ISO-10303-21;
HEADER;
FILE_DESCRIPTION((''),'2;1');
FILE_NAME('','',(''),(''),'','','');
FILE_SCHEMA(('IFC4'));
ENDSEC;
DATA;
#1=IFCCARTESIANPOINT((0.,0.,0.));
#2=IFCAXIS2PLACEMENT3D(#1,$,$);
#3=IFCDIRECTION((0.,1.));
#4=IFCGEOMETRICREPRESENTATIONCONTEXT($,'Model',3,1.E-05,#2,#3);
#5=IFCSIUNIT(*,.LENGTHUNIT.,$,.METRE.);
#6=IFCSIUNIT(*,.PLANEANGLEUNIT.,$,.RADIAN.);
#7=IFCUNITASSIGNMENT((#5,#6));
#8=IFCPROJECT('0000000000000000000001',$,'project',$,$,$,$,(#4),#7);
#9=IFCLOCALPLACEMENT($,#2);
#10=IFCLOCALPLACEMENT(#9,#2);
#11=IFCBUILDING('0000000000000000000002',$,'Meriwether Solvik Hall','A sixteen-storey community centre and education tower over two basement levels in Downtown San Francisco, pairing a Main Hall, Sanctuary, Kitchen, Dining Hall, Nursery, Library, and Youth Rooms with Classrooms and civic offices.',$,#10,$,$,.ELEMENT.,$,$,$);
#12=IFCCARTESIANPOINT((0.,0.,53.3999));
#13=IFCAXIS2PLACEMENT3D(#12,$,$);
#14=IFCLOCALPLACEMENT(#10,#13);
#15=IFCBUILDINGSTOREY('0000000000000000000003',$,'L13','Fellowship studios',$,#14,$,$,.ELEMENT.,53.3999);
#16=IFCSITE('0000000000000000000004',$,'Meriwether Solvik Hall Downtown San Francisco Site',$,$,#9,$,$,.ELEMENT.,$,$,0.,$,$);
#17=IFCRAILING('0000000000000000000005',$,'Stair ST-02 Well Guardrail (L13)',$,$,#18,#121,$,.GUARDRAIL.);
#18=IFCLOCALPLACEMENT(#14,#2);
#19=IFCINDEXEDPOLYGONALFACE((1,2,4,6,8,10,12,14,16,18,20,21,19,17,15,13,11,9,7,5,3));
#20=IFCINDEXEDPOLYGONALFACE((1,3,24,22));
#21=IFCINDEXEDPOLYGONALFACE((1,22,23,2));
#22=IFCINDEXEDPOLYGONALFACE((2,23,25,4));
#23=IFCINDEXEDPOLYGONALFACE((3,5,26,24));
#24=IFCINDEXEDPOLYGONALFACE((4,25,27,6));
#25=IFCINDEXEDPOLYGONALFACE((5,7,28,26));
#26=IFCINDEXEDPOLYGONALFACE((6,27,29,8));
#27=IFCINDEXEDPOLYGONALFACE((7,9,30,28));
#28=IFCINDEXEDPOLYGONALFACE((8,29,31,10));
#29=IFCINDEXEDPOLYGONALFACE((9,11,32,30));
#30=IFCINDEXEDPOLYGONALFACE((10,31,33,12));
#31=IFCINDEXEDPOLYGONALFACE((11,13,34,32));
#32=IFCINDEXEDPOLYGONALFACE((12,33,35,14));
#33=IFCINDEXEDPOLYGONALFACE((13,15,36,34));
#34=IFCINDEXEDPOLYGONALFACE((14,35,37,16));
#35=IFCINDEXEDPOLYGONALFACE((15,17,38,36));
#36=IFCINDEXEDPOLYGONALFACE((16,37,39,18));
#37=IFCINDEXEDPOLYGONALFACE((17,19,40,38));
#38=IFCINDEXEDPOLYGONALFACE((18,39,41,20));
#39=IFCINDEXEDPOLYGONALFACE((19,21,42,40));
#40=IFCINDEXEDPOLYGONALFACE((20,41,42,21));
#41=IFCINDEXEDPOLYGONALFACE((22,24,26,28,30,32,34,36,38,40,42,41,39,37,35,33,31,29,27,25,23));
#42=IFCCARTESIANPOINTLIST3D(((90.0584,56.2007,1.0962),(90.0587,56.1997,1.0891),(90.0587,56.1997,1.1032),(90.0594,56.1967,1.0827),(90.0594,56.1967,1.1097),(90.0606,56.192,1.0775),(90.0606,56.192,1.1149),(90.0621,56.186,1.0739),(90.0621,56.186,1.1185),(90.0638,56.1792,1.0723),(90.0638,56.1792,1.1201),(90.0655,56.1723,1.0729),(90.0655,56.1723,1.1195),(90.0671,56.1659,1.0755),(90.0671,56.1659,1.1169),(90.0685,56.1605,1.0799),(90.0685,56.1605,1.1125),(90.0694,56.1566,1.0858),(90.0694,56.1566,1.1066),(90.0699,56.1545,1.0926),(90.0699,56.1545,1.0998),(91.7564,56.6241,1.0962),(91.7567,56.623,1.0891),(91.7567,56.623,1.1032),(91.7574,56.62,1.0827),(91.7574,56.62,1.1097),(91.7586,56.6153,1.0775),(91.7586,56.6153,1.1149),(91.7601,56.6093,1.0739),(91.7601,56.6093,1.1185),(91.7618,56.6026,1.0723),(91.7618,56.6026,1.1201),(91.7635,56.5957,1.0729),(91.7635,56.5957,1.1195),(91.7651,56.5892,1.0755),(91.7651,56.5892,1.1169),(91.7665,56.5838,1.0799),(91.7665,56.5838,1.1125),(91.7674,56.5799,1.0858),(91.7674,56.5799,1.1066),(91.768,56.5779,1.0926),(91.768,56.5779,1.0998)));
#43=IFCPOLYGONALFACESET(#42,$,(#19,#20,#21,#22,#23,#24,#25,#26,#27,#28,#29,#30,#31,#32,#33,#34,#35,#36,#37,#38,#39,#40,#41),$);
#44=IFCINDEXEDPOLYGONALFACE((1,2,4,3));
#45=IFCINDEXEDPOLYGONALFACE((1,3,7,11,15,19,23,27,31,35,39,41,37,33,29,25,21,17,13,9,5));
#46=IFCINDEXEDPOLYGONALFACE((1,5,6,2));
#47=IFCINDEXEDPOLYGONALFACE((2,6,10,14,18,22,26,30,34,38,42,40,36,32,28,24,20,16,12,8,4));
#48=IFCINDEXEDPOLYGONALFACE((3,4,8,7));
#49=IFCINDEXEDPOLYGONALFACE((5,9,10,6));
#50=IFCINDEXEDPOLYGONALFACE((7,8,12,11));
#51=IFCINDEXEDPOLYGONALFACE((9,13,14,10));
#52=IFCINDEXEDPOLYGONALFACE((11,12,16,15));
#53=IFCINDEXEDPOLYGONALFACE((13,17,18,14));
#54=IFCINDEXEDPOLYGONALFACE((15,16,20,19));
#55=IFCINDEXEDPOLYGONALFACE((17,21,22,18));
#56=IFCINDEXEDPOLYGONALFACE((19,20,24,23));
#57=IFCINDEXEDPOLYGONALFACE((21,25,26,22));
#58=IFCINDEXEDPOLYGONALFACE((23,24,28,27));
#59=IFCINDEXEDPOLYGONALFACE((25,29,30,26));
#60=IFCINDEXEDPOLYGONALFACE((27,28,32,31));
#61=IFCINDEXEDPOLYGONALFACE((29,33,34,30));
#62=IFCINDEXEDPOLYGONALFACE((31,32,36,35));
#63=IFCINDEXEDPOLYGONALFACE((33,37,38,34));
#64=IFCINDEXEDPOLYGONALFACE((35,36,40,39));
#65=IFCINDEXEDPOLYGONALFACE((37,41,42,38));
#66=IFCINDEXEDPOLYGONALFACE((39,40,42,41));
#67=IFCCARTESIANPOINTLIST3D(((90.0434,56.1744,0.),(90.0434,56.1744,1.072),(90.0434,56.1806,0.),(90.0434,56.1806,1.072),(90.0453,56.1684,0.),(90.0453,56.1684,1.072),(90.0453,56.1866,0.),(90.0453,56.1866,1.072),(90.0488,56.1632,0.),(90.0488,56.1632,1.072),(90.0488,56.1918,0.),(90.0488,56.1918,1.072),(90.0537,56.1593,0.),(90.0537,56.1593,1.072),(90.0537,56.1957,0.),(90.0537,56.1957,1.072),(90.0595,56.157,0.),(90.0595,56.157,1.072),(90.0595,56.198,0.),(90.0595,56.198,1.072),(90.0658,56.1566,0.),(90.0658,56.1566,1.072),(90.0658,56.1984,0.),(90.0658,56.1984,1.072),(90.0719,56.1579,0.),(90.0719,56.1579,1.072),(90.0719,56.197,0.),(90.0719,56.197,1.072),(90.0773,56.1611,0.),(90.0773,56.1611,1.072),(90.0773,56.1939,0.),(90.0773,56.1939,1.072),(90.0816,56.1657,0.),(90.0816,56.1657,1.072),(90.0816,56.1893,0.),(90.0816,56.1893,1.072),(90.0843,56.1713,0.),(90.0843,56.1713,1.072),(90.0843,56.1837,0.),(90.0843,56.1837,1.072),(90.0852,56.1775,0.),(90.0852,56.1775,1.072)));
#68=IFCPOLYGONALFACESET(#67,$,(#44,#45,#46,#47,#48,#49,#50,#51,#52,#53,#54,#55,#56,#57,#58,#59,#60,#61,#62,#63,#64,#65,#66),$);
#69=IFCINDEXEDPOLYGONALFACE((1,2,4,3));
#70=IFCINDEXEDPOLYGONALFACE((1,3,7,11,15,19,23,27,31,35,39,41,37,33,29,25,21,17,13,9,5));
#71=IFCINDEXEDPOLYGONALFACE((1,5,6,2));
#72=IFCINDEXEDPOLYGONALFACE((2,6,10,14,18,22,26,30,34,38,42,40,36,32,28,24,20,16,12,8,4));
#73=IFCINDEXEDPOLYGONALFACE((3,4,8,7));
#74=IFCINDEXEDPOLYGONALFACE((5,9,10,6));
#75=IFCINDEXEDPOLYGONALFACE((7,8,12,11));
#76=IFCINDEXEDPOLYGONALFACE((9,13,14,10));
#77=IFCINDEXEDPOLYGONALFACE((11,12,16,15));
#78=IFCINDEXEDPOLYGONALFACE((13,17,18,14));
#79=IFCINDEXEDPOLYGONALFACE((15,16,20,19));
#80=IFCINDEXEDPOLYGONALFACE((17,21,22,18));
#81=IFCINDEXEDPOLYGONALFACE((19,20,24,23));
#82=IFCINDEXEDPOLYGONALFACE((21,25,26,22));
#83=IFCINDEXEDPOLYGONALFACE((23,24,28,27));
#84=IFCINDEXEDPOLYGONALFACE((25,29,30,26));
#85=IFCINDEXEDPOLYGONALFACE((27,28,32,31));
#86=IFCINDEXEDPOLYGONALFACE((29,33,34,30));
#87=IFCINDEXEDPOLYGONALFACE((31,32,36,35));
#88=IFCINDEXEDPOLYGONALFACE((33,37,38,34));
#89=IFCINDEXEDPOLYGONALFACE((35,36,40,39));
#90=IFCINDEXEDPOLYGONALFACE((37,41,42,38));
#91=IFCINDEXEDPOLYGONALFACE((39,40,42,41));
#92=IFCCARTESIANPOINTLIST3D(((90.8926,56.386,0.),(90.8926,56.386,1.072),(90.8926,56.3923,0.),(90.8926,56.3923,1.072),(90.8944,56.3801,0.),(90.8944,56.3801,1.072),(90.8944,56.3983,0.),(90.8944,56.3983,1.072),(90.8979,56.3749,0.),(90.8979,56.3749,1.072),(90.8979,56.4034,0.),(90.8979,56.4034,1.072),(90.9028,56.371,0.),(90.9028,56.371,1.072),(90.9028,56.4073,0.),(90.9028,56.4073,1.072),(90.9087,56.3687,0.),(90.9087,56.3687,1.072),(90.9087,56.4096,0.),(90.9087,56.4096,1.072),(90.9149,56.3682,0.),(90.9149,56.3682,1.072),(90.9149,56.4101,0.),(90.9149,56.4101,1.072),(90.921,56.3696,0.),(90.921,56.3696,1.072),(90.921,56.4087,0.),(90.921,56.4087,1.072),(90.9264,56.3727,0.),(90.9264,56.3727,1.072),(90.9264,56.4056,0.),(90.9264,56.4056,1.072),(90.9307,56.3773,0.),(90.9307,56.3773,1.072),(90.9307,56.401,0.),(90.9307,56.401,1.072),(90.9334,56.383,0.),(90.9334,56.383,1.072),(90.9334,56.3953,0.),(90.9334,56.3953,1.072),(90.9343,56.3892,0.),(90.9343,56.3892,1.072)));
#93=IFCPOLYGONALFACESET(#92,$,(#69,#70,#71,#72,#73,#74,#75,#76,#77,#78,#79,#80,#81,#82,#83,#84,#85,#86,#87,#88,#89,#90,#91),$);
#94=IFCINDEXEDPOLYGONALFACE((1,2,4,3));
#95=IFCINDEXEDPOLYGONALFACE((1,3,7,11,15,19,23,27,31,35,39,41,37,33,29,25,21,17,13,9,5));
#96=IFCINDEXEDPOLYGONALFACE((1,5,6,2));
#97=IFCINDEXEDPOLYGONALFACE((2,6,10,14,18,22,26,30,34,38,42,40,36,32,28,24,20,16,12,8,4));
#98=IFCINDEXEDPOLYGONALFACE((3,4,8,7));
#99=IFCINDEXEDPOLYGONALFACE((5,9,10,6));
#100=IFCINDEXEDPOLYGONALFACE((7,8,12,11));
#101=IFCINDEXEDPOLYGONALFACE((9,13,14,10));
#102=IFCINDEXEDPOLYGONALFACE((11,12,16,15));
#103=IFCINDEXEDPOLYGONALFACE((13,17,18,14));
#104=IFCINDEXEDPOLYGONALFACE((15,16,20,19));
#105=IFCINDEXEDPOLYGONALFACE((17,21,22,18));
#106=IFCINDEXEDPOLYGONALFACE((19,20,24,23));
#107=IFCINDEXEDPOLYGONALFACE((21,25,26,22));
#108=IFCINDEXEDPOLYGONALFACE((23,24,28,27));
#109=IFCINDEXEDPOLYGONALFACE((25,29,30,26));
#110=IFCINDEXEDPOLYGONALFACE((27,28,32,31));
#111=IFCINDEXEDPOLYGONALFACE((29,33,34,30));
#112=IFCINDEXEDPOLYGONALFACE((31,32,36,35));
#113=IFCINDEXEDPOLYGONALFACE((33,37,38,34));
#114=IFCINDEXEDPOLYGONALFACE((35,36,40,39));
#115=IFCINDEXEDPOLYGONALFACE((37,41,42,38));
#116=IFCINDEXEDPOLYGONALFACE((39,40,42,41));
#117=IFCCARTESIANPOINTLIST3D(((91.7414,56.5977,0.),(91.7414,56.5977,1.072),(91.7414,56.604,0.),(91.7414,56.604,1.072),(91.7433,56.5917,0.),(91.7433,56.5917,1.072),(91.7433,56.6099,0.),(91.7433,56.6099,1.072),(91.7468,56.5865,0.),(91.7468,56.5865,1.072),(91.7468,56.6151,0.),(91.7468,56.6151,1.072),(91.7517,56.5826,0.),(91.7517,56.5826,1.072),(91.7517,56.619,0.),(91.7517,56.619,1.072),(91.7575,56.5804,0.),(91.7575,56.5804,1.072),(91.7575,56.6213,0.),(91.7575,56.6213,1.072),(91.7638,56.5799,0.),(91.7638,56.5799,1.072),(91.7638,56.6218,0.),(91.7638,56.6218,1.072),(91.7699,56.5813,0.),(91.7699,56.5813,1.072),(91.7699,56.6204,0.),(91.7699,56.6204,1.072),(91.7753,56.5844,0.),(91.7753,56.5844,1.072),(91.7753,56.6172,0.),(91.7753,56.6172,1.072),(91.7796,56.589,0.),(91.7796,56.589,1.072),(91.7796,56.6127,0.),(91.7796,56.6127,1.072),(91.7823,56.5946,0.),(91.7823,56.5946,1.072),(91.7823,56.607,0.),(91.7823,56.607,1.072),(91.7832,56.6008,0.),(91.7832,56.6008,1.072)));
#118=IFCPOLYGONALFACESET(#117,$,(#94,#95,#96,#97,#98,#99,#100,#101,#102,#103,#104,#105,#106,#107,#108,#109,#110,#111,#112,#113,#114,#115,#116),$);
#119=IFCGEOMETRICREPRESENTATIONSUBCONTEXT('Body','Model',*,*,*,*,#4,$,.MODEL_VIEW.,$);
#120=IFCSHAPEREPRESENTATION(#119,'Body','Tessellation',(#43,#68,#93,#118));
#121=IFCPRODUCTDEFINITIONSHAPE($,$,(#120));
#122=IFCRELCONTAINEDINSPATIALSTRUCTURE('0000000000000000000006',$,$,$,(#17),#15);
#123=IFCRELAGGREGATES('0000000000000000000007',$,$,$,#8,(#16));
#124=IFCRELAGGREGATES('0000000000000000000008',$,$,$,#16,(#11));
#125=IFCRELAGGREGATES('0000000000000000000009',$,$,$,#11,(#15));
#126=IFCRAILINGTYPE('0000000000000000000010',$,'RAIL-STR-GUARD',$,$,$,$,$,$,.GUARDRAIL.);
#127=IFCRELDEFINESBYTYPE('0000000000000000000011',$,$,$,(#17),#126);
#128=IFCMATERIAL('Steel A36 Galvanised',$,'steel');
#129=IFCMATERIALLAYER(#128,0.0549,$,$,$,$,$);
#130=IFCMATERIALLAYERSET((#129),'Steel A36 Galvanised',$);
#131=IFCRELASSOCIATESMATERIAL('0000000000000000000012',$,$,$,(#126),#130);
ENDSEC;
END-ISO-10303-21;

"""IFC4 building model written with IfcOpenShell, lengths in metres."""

from ifc_helpers import new_model, si_unit, direction, frame, origin, origin_2d, place, context, subcontext, project, spatial, circle, extrude, material, layer, layer_set, type_object, element, save


model = new_model("IFC4")

# Units and contexts
model_context = context("Model", 3, precision=1e-05, world=origin(), true_north=direction((0.0, 1.0)))
body_context = subcontext(model_context, "Body", "Model", "MODEL_VIEW")
ifc_project = project(units=[si_unit("LENGTHUNIT", "METRE"), si_unit("PLANEANGLEUNIT", "RADIAN")], contexts=[model_context])

# Site, building, storey
site_placement = place(None, origin())
site = spatial("IfcSite", under=ifc_project, at=site_placement, Name="Meriwether Solvik Hall Downtown San Francisco Site", CompositionType="ELEMENT", RefElevation=0.0)
building_placement = place(site_placement, origin())
building = spatial("IfcBuilding", under=site, at=building_placement, Name="Meriwether Solvik Hall", Description="A sixteen-storey community centre and education tower over two basement levels in Downtown San Francisco, pairing a Main Hall, Sanctuary, Kitchen, Dining Hall, Nursery, Library, and Youth Rooms with Classrooms and civic offices.", CompositionType="ELEMENT")
storey_placement = place(building_placement, frame((0.0, 0.0, 53.3999)))
storey = spatial("IfcBuildingStorey", under=building, at=storey_placement, Name="L13", Description="Fellowship studios", CompositionType="ELEMENT", Elevation=53.3999)

# Railing
ifc_material_1 = material(Name="Steel A36 Galvanised", Category="steel")
ifc_layer_1 = layer(ifc_material_1, 0.0549)
ifc_layer_set_1 = layer_set([ifc_layer_1], Name="Steel A36 Galvanised")
railing_type_1 = type_object("IfcRailingType", Name="RAIL-STR-GUARD", PredefinedType="GUARDRAIL", material=ifc_layer_set_1)
railing_1_placement = place(storey_placement, frame((90.0642, 56.1775, 0.0)))
element("IfcRailing", 1, at=railing_1_placement, inside=storey, type_object=railing_type_1, Name="Stair ST-02 Well Guardrail (L13)", PredefinedType="GUARDRAIL", context=body_context, shape_type="SweptSolid", body=[
    extrude(circle(Radius=0.0239, at=origin_2d()), frame((0.0, 0.0, 1.0962), z_axis=(0.970298, 0.241912, 0.0), x_axis=(-0.241912, 0.970298, 0.0)), (0.0, 0.0, 1.0), 1.75),
    extrude(circle(Radius=0.021, at=origin_2d()), origin(), (0.0, 0.0, 1.0), 1.072),
    extrude(circle(Radius=0.021, at=origin_2d()), frame((0.8491, 0.2117, 0.0)), (0.0, 0.0, 1.0), 1.072),
    extrude(circle(Radius=0.021, at=origin_2d()), frame((1.698, 0.4233, 0.0)), (0.0, 0.0, 1.0), 1.072),
])

save(model, "model.ifc")
